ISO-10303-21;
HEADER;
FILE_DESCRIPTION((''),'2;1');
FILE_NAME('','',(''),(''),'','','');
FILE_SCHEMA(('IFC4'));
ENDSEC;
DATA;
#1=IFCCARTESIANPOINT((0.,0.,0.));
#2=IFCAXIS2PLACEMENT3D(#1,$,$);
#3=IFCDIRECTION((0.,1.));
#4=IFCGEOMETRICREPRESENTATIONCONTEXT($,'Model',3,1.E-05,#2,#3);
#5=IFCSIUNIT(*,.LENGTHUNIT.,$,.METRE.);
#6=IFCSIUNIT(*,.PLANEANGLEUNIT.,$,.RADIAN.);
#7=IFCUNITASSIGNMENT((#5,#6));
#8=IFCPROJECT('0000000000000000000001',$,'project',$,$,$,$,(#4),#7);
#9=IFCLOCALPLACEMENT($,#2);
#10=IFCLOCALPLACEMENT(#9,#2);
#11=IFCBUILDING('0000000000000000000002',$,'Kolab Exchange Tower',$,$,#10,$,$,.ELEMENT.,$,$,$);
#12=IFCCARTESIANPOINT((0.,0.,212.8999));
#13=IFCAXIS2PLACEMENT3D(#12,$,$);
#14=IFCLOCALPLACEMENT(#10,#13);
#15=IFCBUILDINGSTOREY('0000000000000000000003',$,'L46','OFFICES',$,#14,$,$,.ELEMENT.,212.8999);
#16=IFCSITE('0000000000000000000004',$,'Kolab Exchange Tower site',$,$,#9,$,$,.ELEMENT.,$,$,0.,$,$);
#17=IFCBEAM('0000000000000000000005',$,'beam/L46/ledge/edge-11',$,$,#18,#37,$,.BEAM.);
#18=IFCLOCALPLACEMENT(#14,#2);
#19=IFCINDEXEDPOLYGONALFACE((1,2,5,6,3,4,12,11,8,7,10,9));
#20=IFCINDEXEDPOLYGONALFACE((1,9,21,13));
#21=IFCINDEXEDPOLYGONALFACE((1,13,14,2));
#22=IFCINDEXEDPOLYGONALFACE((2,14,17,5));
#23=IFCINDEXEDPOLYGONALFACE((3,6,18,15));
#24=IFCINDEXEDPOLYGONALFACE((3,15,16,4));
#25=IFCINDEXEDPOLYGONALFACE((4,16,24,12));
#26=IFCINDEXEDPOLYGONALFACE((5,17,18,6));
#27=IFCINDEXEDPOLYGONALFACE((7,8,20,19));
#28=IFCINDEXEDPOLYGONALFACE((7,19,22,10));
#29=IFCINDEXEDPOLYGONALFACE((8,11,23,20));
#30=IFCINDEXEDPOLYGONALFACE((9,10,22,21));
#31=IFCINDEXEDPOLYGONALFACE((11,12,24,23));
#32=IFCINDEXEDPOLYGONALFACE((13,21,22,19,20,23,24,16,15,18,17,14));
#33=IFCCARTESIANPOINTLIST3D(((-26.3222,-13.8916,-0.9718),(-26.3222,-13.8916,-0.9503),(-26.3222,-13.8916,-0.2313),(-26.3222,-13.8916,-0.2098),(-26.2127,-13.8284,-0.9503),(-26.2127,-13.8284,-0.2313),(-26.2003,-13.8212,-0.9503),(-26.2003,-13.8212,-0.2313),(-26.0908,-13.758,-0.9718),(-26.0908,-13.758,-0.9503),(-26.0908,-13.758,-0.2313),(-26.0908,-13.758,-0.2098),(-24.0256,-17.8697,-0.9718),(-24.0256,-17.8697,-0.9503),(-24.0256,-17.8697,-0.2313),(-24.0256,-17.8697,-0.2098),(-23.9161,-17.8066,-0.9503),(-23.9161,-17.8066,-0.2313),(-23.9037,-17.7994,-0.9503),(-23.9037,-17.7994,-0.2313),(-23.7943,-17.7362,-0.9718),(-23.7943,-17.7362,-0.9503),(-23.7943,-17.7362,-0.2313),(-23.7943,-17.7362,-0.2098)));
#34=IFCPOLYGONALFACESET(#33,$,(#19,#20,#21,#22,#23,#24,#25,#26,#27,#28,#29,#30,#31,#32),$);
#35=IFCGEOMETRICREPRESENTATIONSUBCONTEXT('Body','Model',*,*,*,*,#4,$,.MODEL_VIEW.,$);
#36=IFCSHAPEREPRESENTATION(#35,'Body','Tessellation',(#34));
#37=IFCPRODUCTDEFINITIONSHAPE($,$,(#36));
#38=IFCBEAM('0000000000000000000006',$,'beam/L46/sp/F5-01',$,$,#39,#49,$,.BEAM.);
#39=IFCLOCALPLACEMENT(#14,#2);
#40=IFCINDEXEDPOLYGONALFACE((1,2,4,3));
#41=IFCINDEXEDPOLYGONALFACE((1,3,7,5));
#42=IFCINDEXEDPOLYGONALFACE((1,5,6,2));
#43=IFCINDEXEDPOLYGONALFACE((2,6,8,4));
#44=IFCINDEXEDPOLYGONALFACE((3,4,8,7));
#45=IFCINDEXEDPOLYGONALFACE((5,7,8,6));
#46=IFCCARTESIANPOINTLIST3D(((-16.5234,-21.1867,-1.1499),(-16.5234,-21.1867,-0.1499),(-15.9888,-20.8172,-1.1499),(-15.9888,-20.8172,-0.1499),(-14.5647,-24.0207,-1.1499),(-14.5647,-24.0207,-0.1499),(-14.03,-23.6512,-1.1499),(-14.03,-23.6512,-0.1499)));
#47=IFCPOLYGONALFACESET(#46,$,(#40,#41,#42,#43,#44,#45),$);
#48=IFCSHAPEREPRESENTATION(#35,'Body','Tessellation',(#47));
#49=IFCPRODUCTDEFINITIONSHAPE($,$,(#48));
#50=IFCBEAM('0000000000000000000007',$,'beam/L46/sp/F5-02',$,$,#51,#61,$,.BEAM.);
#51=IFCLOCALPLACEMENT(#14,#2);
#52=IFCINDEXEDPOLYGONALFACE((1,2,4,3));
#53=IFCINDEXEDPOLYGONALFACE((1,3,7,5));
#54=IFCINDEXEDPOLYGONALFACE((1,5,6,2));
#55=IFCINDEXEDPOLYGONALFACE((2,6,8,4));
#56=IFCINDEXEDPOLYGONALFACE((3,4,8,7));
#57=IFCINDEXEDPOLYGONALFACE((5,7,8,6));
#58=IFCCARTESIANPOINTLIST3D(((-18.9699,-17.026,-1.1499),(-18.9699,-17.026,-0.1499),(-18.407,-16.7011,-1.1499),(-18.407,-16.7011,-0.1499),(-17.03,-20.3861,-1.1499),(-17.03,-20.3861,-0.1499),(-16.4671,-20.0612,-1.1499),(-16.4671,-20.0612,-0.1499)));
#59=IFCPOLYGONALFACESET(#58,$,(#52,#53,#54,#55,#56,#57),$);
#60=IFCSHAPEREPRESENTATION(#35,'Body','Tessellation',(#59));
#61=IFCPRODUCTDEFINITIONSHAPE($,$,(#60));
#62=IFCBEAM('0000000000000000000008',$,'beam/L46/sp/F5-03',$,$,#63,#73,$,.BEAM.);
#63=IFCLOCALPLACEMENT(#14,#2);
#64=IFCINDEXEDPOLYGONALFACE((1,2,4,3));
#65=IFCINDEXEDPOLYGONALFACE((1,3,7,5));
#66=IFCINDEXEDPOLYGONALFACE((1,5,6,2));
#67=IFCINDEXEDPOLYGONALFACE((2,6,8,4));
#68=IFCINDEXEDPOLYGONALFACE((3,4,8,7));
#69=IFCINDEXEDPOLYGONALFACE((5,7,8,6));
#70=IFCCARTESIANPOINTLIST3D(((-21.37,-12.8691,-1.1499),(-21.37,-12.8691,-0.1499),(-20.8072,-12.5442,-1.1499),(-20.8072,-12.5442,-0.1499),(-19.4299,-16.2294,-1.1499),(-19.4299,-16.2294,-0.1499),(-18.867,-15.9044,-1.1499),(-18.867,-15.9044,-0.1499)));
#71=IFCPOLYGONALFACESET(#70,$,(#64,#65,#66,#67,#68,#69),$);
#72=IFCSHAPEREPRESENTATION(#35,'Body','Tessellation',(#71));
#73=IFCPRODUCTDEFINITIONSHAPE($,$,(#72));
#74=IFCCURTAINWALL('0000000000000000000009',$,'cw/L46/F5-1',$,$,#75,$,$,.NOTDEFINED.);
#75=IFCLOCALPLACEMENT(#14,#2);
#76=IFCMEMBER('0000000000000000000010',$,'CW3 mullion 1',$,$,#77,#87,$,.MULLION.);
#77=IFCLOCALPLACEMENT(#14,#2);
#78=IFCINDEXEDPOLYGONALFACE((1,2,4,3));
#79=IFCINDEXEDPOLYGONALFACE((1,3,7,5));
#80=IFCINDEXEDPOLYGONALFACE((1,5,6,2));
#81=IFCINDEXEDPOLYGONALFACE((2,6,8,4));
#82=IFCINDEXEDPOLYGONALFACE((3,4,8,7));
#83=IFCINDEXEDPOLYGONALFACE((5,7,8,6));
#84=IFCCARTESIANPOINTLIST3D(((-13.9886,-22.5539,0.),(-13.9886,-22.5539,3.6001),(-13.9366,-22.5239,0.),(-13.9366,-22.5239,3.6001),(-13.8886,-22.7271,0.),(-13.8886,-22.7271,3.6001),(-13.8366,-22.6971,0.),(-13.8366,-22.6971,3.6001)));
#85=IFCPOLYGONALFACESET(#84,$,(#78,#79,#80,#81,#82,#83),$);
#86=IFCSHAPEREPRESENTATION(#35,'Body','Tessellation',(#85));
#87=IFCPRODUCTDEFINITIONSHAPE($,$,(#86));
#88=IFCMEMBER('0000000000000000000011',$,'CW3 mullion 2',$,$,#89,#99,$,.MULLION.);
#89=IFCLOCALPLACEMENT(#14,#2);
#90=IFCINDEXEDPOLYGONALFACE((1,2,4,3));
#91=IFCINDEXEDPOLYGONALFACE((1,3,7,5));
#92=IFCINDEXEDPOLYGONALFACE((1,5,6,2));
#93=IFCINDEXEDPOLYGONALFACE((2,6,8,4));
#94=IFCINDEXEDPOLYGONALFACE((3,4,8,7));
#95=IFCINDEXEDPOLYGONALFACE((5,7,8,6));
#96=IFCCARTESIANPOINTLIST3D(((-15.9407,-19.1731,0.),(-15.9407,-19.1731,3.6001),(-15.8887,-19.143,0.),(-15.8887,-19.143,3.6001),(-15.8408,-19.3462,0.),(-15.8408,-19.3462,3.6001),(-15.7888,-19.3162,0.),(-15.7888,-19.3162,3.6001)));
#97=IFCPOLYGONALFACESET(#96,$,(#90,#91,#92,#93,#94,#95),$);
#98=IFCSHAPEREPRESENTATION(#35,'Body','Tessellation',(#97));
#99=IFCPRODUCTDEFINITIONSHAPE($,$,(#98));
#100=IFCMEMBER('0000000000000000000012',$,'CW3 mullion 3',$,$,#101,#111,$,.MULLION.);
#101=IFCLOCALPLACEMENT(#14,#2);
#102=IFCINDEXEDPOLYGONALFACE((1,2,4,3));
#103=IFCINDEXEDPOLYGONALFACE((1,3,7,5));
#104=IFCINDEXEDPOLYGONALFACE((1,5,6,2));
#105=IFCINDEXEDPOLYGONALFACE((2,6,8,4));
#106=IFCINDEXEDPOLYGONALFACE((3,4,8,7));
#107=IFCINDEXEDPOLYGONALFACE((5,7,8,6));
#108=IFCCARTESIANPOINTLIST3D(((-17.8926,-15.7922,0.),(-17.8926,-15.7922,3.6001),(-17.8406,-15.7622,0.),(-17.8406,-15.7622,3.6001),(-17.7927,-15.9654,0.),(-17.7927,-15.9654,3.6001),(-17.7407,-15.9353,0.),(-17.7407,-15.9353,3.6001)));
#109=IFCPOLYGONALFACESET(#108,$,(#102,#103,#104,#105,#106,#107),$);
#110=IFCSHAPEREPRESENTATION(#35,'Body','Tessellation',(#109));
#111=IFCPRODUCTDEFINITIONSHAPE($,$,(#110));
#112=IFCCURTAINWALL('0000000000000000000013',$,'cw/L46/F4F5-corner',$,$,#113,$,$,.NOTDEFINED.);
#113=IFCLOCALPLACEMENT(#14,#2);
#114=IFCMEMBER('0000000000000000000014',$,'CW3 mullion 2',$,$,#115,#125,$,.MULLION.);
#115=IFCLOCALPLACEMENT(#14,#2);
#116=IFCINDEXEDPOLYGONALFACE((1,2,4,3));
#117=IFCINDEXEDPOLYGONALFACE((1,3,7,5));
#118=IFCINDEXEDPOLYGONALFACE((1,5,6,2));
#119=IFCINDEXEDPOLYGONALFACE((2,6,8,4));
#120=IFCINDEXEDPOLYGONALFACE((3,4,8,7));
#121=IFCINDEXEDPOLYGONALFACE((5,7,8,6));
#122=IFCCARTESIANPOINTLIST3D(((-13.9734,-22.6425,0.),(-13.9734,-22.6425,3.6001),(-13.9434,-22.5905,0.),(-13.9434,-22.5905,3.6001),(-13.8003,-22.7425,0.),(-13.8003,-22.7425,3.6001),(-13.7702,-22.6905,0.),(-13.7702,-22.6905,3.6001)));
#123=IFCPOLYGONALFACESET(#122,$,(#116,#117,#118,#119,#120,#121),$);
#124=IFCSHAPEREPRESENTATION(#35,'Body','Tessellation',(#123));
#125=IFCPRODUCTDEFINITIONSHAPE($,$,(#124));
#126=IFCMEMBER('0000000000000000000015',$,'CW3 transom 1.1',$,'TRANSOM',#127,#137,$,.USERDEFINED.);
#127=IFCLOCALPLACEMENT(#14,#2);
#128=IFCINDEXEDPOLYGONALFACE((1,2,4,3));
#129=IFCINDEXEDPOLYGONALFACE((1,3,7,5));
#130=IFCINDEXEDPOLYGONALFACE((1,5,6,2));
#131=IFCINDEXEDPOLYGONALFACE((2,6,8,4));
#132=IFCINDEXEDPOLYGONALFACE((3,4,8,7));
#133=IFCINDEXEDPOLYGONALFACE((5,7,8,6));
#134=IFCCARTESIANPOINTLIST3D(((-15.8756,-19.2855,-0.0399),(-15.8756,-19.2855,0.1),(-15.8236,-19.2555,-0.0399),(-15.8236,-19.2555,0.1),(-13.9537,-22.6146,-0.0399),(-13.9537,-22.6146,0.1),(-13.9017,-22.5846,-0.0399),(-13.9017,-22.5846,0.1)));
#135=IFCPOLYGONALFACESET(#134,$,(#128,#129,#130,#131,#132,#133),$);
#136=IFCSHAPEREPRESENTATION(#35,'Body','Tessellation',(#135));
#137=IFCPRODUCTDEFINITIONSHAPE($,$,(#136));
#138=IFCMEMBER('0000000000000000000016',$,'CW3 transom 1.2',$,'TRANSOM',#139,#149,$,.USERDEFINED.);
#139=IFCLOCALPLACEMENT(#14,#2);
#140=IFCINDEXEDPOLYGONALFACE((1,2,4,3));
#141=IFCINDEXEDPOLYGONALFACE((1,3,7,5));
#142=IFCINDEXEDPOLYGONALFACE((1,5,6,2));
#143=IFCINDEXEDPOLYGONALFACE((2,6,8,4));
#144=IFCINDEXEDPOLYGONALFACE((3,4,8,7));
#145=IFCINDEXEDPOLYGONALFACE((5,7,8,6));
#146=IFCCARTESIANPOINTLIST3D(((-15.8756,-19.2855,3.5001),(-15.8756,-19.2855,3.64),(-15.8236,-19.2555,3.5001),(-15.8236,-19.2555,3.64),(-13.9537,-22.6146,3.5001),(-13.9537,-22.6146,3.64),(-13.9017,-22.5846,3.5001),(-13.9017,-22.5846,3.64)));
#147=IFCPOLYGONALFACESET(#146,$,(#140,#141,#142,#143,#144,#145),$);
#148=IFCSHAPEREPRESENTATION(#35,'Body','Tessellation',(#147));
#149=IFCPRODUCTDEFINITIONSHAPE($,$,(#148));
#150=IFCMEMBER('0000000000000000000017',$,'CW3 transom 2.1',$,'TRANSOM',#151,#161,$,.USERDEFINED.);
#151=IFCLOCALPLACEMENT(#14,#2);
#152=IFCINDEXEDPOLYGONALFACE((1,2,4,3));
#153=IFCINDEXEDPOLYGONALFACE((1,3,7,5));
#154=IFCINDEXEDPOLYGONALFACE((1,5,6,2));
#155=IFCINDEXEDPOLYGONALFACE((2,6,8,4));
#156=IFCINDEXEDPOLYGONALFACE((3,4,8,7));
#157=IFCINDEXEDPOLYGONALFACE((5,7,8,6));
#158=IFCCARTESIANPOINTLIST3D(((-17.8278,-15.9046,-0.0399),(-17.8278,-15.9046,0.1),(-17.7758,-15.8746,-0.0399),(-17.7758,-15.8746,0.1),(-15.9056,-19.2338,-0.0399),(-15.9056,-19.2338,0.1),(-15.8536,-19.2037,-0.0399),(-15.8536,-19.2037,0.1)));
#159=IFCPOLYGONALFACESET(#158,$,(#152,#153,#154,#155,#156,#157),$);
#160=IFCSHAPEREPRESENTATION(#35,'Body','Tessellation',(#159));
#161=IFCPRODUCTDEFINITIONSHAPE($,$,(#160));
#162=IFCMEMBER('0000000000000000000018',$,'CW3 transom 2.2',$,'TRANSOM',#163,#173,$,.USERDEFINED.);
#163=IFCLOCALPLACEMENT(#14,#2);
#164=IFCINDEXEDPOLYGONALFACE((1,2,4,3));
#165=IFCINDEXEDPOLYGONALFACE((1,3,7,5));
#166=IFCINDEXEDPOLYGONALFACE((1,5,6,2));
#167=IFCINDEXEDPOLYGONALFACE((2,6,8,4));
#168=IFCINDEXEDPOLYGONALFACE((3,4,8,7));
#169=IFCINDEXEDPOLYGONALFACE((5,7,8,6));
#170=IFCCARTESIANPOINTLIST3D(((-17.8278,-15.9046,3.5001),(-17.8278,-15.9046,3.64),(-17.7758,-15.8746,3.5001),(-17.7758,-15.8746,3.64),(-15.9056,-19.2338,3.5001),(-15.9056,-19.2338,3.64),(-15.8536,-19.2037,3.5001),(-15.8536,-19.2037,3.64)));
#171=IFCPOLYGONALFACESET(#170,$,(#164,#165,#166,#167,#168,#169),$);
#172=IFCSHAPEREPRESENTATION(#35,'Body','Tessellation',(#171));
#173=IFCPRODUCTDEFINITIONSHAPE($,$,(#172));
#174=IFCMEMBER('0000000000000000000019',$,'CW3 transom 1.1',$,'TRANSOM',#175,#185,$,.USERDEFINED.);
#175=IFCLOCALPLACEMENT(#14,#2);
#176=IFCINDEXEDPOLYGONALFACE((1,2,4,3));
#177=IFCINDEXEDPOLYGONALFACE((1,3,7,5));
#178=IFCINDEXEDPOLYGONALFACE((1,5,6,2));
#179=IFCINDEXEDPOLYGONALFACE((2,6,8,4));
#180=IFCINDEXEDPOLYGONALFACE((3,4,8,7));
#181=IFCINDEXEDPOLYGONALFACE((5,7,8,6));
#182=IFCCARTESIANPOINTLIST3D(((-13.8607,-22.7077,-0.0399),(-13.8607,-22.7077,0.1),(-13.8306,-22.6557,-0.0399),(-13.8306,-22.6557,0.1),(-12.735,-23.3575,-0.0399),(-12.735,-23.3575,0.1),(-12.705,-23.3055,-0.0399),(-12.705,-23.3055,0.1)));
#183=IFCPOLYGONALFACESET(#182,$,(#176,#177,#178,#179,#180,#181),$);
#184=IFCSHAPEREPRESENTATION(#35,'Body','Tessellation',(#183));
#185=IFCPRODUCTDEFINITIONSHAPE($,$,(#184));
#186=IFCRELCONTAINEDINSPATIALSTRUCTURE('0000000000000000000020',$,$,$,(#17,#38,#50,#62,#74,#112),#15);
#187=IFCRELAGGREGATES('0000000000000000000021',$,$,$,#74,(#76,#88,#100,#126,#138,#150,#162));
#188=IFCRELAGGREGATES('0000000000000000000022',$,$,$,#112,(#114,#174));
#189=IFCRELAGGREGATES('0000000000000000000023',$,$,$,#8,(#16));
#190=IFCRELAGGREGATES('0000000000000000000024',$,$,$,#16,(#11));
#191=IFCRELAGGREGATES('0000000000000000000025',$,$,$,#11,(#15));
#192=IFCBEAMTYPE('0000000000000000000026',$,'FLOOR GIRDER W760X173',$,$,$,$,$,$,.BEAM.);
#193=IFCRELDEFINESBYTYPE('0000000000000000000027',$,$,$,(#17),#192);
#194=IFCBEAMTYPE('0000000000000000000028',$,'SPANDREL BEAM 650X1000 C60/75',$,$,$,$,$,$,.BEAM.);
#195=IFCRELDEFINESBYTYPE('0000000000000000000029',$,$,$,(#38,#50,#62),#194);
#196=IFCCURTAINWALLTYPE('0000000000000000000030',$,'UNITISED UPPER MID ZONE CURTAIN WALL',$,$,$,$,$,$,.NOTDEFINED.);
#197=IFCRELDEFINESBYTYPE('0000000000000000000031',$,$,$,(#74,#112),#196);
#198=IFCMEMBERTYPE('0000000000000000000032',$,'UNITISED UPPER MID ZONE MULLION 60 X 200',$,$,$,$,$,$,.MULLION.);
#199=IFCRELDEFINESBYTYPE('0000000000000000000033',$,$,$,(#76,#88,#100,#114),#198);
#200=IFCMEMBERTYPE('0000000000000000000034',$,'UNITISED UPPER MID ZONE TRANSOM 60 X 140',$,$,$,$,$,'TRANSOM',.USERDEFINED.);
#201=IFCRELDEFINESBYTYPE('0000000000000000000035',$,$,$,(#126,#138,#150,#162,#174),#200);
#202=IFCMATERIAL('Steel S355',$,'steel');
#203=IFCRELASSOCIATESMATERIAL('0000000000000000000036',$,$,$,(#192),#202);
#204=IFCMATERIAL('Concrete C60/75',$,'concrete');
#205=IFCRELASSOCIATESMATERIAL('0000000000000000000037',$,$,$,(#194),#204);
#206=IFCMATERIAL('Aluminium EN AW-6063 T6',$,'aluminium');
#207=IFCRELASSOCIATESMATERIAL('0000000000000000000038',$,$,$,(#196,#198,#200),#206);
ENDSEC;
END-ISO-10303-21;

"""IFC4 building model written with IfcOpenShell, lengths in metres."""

from ifc_helpers import new_model, si_unit, direction, frame, origin, origin_2d, place, context, subcontext, project, spatial, rectangle, i_section, extrude, material, material_profile, profile_set, type_object, element, aggregate, save


model = new_model("IFC4")

# Units and contexts
model_context = context("Model", 3, precision=1e-05, world=origin(), true_north=direction((0.0, 1.0)))
body_context = subcontext(model_context, "Body", "Model", "MODEL_VIEW")
ifc_project = project(units=[si_unit("LENGTHUNIT", "METRE"), si_unit("PLANEANGLEUNIT", "RADIAN")], contexts=[model_context])

# Site, building, storey
site_placement = place(None, origin())
site = spatial("IfcSite", under=ifc_project, at=site_placement, Name="Kolab Exchange Tower site", CompositionType="ELEMENT", RefElevation=0.0)
building_placement = place(site_placement, origin())
building = spatial("IfcBuilding", under=site, at=building_placement, Name="Kolab Exchange Tower", CompositionType="ELEMENT")
storey_placement = place(building_placement, frame((0.0, 0.0, 212.8999)))
storey = spatial("IfcBuildingStorey", under=building, at=storey_placement, Name="L46", Description="OFFICES", CompositionType="ELEMENT", Elevation=212.8999)

# Shared definitions
ifc_material_1 = material(Name="Concrete C60/75", Category="concrete")

# Beams
ifc_material_2 = material(Name="Steel S355", Category="steel")
ifc_material_profile_1 = material_profile(ifc_material_2, i_section(OverallWidth=0.2671, OverallDepth=0.762, WebThickness=0.0144, FlangeThickness=0.0215, at=origin_2d()), Name="W760X173")
ifc_profile_set_1 = profile_set([ifc_material_profile_1], Name="Steel S355")
beam_type_1 = type_object("IfcBeamType", Name="FLOOR GIRDER W760X173", PredefinedType="BEAM", material=ifc_profile_set_1)
beam_1_placement = place(storey_placement, frame((-23.9099, -17.803, -0.5908), z_axis=(-0.499963, 0.866047, 0.0), x_axis=(-0.866047, -0.499963, 0.0)))
element("IfcBeam", 1, at=beam_1_placement, inside=storey, type_object=beam_type_1, Name="beam/L46/ledge/edge-11", PredefinedType="BEAM", context=body_context, shape_type="SweptSolid", body=[
    extrude(i_section(OverallWidth=0.2671, OverallDepth=0.762, WebThickness=0.0144, FlangeThickness=0.0215, at=origin_2d()), origin(), (0.0, 0.0, 1.0), 4.5935),
])
ifc_material_profile_2 = material_profile(ifc_material_1, rectangle(XDim=0.6499, YDim=1.0, at=origin_2d()), Name="RC650X1000")
ifc_profile_set_2 = profile_set([ifc_material_profile_2], Name="Concrete C60/75")
beam_type_2 = type_object("IfcBeamType", Name="SPANDREL BEAM 650X1000 C60/75", PredefinedType="BEAM", material=ifc_profile_set_2)
beam_2_placement = place(storey_placement, frame((-14.2974, -23.8359, -0.6499), z_axis=(-0.568572, 0.822633, 0.0), x_axis=(-0.822633, -0.568572, 0.0)))
element("IfcBeam", 2, at=beam_2_placement, inside=storey, type_object=beam_type_2, Name="beam/L46/sp/F5-01", PredefinedType="BEAM", context=body_context, shape_type="SweptSolid", body=[
    extrude(rectangle(XDim=0.6499, YDim=1.0, at=origin_2d()), origin(), (0.0, 0.0, 1.0), 3.4451),
])
beam_3_placement = place(storey_placement, frame((-16.7485, -20.2236, -0.6499), z_axis=(-0.499997, 0.866027, 0.0), x_axis=(-0.866027, -0.499997, 0.0)))
element("IfcBeam", 3, at=beam_3_placement, inside=storey, type_object=beam_type_2, Name="beam/L46/sp/F5-02", PredefinedType="BEAM", context=body_context, shape_type="SweptSolid", body=[
    extrude(rectangle(XDim=0.6499, YDim=1.0, at=origin_2d()), origin(), (0.0, 0.0, 1.0), 3.8799),
])
beam_4_placement = place(storey_placement, frame((-19.1484, -16.0669, -0.6499), z_axis=(-0.500017, 0.866016, 0.0), x_axis=(-0.866016, -0.500017, 0.0)))
element("IfcBeam", 4, at=beam_4_placement, inside=storey, type_object=beam_type_2, Name="beam/L46/sp/F5-03", PredefinedType="BEAM", context=body_context, shape_type="SweptSolid", body=[
    extrude(rectangle(XDim=0.6499, YDim=1.0, at=origin_2d()), origin(), (0.0, 0.0, 1.0), 3.8801),
])

# Curtain wall, members
ifc_material_3 = material(Name="Aluminium EN AW-6063 T6", Category="aluminium")
curtain_wall_type = type_object("IfcCurtainWallType", Name="UNITISED UPPER MID ZONE CURTAIN WALL", PredefinedType="NOTDEFINED", material=ifc_material_3)
curtain_wall_1_placement = place(storey_placement, origin())
curtain_wall_1 = element("IfcCurtainWall", 5, at=curtain_wall_1_placement, inside=storey, type_object=curtain_wall_type, Name="cw/L46/F5-1", PredefinedType="NOTDEFINED")
ifc_material_profile_3 = material_profile(ifc_material_3, rectangle(XDim=0.0601, YDim=0.2, at=origin_2d()), Name="RECT 60X200")
ifc_profile_set_3 = profile_set([ifc_material_profile_3], Name="Aluminium EN AW-6063 T6")
member_type_1 = type_object("IfcMemberType", Name="UNITISED UPPER MID ZONE MULLION 60 X 200", PredefinedType="MULLION", material=ifc_profile_set_3)
member_1_placement = place(storey_placement, frame((-13.9126, -22.6255, 0.0), z_axis=(0.0, 0.0, 1.0), x_axis=(-0.866025, -0.5, 0.0)))
member_1 = element("IfcMember", 6, at=member_1_placement, type_object=member_type_1, Name="CW3 mullion 1", PredefinedType="MULLION", context=body_context, shape_type="SweptSolid", body=[
    extrude(rectangle(XDim=0.0601, YDim=0.2, at=origin_2d()), origin(), (0.0, 0.0, 1.0), 3.6001),
])
member_2_placement = place(storey_placement, frame((-15.8647, -19.2446, 0.0), z_axis=(0.0, 0.0, 1.0), x_axis=(-0.866025, -0.5, 0.0)))
member_2 = element("IfcMember", 7, at=member_2_placement, type_object=member_type_1, Name="CW3 mullion 2", PredefinedType="MULLION", context=body_context, shape_type="SweptSolid", body=[
    extrude(rectangle(XDim=0.0601, YDim=0.2, at=origin_2d()), origin(), (0.0, 0.0, 1.0), 3.6001),
])
member_3_placement = place(storey_placement, frame((-17.8167, -15.8638, 0.0), z_axis=(0.0, 0.0, 1.0), x_axis=(-0.866025, -0.5, 0.0)))
member_3 = element("IfcMember", 8, at=member_3_placement, type_object=member_type_1, Name="CW3 mullion 3", PredefinedType="MULLION", context=body_context, shape_type="SweptSolid", body=[
    extrude(rectangle(XDim=0.0601, YDim=0.2, at=origin_2d()), origin(), (0.0, 0.0, 1.0), 3.6001),
])

# Curtain wall, member
curtain_wall_2_placement = place(storey_placement, origin())
curtain_wall_2 = element("IfcCurtainWall", 9, at=curtain_wall_2_placement, inside=storey, type_object=curtain_wall_type, Name="cw/L46/F4F5-corner", PredefinedType="NOTDEFINED")
member_4_placement = place(storey_placement, frame((-13.8718, -22.6665, 0.0), z_axis=(0.0, 0.0, 1.0), x_axis=(-0.5, -0.866025, 0.0)))
member_4 = element("IfcMember", 10, at=member_4_placement, type_object=member_type_1, Name="CW3 mullion 2", PredefinedType="MULLION", context=body_context, shape_type="SweptSolid", body=[
    extrude(rectangle(XDim=0.0601, YDim=0.2, at=origin_2d()), origin(), (0.0, 0.0, 1.0), 3.6001),
])

# Members
ifc_material_profile_4 = material_profile(ifc_material_3, rectangle(XDim=0.0601, YDim=0.1399, at=origin_2d()), Name="RECT 60X140")
ifc_profile_set_4 = profile_set([ifc_material_profile_4], Name="Aluminium EN AW-6063 T6")
member_type_2 = type_object("IfcMemberType", Name="UNITISED UPPER MID ZONE TRANSOM 60 X 140", ElementType="TRANSOM", PredefinedType="USERDEFINED", material=ifc_profile_set_4)
member_5_placement = place(storey_placement, frame((-13.9277, -22.5996, 0.03), z_axis=(-0.499964, 0.866046, 0.0), x_axis=(-0.866046, -0.499964, 0.0)))
member_5 = element("IfcMember", 11, at=member_5_placement, type_object=member_type_2, Name="CW3 transom 1.1", ObjectType="TRANSOM", PredefinedType="USERDEFINED", context=body_context, shape_type="SweptSolid", body=[
    extrude(rectangle(XDim=0.0601, YDim=0.1399, at=origin_2d()), origin(), (0.0, 0.0, 1.0), 3.844),
])
member_6_placement = place(storey_placement, frame((-13.9277, -22.5996, 3.5701), z_axis=(-0.499964, 0.866046, 0.0), x_axis=(-0.866046, -0.499964, 0.0)))
member_6 = element("IfcMember", 12, at=member_6_placement, type_object=member_type_2, Name="CW3 transom 1.2", ObjectType="TRANSOM", PredefinedType="USERDEFINED", context=body_context, shape_type="SweptSolid", body=[
    extrude(rectangle(XDim=0.0601, YDim=0.1399, at=origin_2d()), origin(), (0.0, 0.0, 1.0), 3.844),
])
member_7_placement = place(storey_placement, frame((-15.8796, -19.2188, 0.03), z_axis=(-0.500012, 0.866018, 0.0), x_axis=(-0.866018, -0.500012, 0.0)))
member_7 = element("IfcMember", 13, at=member_7_placement, type_object=member_type_2, Name="CW3 transom 2.1", ObjectType="TRANSOM", PredefinedType="USERDEFINED", context=body_context, shape_type="SweptSolid", body=[
    extrude(rectangle(XDim=0.0601, YDim=0.1399, at=origin_2d()), origin(), (0.0, 0.0, 1.0), 3.8442),
])
member_8_placement = place(storey_placement, frame((-15.8796, -19.2188, 3.5701), z_axis=(-0.500012, 0.866018, 0.0), x_axis=(-0.866018, -0.500012, 0.0)))
member_8 = element("IfcMember", 14, at=member_8_placement, type_object=member_type_2, Name="CW3 transom 2.2", ObjectType="TRANSOM", PredefinedType="USERDEFINED", context=body_context, shape_type="SweptSolid", body=[
    extrude(rectangle(XDim=0.0601, YDim=0.1399, at=origin_2d()), origin(), (0.0, 0.0, 1.0), 3.8442),
])
member_9_placement = place(storey_placement, frame((-12.72, -23.3315, 0.03), z_axis=(-0.866039, 0.499977, 0.0), x_axis=(-0.499977, -0.866039, 0.0)))
member_9 = element("IfcMember", 15, at=member_9_placement, type_object=member_type_2, Name="CW3 transom 1.1", ObjectType="TRANSOM", PredefinedType="USERDEFINED", context=body_context, shape_type="SweptSolid", body=[
    extrude(rectangle(XDim=0.0601, YDim=0.1399, at=origin_2d()), origin(), (0.0, 0.0, 1.0), 1.2998),
])

aggregate(curtain_wall_1, [member_1, member_2, member_3, member_5, member_6, member_7, member_8])
aggregate(curtain_wall_2, [member_4, member_9])

save(model, "model.ifc")
